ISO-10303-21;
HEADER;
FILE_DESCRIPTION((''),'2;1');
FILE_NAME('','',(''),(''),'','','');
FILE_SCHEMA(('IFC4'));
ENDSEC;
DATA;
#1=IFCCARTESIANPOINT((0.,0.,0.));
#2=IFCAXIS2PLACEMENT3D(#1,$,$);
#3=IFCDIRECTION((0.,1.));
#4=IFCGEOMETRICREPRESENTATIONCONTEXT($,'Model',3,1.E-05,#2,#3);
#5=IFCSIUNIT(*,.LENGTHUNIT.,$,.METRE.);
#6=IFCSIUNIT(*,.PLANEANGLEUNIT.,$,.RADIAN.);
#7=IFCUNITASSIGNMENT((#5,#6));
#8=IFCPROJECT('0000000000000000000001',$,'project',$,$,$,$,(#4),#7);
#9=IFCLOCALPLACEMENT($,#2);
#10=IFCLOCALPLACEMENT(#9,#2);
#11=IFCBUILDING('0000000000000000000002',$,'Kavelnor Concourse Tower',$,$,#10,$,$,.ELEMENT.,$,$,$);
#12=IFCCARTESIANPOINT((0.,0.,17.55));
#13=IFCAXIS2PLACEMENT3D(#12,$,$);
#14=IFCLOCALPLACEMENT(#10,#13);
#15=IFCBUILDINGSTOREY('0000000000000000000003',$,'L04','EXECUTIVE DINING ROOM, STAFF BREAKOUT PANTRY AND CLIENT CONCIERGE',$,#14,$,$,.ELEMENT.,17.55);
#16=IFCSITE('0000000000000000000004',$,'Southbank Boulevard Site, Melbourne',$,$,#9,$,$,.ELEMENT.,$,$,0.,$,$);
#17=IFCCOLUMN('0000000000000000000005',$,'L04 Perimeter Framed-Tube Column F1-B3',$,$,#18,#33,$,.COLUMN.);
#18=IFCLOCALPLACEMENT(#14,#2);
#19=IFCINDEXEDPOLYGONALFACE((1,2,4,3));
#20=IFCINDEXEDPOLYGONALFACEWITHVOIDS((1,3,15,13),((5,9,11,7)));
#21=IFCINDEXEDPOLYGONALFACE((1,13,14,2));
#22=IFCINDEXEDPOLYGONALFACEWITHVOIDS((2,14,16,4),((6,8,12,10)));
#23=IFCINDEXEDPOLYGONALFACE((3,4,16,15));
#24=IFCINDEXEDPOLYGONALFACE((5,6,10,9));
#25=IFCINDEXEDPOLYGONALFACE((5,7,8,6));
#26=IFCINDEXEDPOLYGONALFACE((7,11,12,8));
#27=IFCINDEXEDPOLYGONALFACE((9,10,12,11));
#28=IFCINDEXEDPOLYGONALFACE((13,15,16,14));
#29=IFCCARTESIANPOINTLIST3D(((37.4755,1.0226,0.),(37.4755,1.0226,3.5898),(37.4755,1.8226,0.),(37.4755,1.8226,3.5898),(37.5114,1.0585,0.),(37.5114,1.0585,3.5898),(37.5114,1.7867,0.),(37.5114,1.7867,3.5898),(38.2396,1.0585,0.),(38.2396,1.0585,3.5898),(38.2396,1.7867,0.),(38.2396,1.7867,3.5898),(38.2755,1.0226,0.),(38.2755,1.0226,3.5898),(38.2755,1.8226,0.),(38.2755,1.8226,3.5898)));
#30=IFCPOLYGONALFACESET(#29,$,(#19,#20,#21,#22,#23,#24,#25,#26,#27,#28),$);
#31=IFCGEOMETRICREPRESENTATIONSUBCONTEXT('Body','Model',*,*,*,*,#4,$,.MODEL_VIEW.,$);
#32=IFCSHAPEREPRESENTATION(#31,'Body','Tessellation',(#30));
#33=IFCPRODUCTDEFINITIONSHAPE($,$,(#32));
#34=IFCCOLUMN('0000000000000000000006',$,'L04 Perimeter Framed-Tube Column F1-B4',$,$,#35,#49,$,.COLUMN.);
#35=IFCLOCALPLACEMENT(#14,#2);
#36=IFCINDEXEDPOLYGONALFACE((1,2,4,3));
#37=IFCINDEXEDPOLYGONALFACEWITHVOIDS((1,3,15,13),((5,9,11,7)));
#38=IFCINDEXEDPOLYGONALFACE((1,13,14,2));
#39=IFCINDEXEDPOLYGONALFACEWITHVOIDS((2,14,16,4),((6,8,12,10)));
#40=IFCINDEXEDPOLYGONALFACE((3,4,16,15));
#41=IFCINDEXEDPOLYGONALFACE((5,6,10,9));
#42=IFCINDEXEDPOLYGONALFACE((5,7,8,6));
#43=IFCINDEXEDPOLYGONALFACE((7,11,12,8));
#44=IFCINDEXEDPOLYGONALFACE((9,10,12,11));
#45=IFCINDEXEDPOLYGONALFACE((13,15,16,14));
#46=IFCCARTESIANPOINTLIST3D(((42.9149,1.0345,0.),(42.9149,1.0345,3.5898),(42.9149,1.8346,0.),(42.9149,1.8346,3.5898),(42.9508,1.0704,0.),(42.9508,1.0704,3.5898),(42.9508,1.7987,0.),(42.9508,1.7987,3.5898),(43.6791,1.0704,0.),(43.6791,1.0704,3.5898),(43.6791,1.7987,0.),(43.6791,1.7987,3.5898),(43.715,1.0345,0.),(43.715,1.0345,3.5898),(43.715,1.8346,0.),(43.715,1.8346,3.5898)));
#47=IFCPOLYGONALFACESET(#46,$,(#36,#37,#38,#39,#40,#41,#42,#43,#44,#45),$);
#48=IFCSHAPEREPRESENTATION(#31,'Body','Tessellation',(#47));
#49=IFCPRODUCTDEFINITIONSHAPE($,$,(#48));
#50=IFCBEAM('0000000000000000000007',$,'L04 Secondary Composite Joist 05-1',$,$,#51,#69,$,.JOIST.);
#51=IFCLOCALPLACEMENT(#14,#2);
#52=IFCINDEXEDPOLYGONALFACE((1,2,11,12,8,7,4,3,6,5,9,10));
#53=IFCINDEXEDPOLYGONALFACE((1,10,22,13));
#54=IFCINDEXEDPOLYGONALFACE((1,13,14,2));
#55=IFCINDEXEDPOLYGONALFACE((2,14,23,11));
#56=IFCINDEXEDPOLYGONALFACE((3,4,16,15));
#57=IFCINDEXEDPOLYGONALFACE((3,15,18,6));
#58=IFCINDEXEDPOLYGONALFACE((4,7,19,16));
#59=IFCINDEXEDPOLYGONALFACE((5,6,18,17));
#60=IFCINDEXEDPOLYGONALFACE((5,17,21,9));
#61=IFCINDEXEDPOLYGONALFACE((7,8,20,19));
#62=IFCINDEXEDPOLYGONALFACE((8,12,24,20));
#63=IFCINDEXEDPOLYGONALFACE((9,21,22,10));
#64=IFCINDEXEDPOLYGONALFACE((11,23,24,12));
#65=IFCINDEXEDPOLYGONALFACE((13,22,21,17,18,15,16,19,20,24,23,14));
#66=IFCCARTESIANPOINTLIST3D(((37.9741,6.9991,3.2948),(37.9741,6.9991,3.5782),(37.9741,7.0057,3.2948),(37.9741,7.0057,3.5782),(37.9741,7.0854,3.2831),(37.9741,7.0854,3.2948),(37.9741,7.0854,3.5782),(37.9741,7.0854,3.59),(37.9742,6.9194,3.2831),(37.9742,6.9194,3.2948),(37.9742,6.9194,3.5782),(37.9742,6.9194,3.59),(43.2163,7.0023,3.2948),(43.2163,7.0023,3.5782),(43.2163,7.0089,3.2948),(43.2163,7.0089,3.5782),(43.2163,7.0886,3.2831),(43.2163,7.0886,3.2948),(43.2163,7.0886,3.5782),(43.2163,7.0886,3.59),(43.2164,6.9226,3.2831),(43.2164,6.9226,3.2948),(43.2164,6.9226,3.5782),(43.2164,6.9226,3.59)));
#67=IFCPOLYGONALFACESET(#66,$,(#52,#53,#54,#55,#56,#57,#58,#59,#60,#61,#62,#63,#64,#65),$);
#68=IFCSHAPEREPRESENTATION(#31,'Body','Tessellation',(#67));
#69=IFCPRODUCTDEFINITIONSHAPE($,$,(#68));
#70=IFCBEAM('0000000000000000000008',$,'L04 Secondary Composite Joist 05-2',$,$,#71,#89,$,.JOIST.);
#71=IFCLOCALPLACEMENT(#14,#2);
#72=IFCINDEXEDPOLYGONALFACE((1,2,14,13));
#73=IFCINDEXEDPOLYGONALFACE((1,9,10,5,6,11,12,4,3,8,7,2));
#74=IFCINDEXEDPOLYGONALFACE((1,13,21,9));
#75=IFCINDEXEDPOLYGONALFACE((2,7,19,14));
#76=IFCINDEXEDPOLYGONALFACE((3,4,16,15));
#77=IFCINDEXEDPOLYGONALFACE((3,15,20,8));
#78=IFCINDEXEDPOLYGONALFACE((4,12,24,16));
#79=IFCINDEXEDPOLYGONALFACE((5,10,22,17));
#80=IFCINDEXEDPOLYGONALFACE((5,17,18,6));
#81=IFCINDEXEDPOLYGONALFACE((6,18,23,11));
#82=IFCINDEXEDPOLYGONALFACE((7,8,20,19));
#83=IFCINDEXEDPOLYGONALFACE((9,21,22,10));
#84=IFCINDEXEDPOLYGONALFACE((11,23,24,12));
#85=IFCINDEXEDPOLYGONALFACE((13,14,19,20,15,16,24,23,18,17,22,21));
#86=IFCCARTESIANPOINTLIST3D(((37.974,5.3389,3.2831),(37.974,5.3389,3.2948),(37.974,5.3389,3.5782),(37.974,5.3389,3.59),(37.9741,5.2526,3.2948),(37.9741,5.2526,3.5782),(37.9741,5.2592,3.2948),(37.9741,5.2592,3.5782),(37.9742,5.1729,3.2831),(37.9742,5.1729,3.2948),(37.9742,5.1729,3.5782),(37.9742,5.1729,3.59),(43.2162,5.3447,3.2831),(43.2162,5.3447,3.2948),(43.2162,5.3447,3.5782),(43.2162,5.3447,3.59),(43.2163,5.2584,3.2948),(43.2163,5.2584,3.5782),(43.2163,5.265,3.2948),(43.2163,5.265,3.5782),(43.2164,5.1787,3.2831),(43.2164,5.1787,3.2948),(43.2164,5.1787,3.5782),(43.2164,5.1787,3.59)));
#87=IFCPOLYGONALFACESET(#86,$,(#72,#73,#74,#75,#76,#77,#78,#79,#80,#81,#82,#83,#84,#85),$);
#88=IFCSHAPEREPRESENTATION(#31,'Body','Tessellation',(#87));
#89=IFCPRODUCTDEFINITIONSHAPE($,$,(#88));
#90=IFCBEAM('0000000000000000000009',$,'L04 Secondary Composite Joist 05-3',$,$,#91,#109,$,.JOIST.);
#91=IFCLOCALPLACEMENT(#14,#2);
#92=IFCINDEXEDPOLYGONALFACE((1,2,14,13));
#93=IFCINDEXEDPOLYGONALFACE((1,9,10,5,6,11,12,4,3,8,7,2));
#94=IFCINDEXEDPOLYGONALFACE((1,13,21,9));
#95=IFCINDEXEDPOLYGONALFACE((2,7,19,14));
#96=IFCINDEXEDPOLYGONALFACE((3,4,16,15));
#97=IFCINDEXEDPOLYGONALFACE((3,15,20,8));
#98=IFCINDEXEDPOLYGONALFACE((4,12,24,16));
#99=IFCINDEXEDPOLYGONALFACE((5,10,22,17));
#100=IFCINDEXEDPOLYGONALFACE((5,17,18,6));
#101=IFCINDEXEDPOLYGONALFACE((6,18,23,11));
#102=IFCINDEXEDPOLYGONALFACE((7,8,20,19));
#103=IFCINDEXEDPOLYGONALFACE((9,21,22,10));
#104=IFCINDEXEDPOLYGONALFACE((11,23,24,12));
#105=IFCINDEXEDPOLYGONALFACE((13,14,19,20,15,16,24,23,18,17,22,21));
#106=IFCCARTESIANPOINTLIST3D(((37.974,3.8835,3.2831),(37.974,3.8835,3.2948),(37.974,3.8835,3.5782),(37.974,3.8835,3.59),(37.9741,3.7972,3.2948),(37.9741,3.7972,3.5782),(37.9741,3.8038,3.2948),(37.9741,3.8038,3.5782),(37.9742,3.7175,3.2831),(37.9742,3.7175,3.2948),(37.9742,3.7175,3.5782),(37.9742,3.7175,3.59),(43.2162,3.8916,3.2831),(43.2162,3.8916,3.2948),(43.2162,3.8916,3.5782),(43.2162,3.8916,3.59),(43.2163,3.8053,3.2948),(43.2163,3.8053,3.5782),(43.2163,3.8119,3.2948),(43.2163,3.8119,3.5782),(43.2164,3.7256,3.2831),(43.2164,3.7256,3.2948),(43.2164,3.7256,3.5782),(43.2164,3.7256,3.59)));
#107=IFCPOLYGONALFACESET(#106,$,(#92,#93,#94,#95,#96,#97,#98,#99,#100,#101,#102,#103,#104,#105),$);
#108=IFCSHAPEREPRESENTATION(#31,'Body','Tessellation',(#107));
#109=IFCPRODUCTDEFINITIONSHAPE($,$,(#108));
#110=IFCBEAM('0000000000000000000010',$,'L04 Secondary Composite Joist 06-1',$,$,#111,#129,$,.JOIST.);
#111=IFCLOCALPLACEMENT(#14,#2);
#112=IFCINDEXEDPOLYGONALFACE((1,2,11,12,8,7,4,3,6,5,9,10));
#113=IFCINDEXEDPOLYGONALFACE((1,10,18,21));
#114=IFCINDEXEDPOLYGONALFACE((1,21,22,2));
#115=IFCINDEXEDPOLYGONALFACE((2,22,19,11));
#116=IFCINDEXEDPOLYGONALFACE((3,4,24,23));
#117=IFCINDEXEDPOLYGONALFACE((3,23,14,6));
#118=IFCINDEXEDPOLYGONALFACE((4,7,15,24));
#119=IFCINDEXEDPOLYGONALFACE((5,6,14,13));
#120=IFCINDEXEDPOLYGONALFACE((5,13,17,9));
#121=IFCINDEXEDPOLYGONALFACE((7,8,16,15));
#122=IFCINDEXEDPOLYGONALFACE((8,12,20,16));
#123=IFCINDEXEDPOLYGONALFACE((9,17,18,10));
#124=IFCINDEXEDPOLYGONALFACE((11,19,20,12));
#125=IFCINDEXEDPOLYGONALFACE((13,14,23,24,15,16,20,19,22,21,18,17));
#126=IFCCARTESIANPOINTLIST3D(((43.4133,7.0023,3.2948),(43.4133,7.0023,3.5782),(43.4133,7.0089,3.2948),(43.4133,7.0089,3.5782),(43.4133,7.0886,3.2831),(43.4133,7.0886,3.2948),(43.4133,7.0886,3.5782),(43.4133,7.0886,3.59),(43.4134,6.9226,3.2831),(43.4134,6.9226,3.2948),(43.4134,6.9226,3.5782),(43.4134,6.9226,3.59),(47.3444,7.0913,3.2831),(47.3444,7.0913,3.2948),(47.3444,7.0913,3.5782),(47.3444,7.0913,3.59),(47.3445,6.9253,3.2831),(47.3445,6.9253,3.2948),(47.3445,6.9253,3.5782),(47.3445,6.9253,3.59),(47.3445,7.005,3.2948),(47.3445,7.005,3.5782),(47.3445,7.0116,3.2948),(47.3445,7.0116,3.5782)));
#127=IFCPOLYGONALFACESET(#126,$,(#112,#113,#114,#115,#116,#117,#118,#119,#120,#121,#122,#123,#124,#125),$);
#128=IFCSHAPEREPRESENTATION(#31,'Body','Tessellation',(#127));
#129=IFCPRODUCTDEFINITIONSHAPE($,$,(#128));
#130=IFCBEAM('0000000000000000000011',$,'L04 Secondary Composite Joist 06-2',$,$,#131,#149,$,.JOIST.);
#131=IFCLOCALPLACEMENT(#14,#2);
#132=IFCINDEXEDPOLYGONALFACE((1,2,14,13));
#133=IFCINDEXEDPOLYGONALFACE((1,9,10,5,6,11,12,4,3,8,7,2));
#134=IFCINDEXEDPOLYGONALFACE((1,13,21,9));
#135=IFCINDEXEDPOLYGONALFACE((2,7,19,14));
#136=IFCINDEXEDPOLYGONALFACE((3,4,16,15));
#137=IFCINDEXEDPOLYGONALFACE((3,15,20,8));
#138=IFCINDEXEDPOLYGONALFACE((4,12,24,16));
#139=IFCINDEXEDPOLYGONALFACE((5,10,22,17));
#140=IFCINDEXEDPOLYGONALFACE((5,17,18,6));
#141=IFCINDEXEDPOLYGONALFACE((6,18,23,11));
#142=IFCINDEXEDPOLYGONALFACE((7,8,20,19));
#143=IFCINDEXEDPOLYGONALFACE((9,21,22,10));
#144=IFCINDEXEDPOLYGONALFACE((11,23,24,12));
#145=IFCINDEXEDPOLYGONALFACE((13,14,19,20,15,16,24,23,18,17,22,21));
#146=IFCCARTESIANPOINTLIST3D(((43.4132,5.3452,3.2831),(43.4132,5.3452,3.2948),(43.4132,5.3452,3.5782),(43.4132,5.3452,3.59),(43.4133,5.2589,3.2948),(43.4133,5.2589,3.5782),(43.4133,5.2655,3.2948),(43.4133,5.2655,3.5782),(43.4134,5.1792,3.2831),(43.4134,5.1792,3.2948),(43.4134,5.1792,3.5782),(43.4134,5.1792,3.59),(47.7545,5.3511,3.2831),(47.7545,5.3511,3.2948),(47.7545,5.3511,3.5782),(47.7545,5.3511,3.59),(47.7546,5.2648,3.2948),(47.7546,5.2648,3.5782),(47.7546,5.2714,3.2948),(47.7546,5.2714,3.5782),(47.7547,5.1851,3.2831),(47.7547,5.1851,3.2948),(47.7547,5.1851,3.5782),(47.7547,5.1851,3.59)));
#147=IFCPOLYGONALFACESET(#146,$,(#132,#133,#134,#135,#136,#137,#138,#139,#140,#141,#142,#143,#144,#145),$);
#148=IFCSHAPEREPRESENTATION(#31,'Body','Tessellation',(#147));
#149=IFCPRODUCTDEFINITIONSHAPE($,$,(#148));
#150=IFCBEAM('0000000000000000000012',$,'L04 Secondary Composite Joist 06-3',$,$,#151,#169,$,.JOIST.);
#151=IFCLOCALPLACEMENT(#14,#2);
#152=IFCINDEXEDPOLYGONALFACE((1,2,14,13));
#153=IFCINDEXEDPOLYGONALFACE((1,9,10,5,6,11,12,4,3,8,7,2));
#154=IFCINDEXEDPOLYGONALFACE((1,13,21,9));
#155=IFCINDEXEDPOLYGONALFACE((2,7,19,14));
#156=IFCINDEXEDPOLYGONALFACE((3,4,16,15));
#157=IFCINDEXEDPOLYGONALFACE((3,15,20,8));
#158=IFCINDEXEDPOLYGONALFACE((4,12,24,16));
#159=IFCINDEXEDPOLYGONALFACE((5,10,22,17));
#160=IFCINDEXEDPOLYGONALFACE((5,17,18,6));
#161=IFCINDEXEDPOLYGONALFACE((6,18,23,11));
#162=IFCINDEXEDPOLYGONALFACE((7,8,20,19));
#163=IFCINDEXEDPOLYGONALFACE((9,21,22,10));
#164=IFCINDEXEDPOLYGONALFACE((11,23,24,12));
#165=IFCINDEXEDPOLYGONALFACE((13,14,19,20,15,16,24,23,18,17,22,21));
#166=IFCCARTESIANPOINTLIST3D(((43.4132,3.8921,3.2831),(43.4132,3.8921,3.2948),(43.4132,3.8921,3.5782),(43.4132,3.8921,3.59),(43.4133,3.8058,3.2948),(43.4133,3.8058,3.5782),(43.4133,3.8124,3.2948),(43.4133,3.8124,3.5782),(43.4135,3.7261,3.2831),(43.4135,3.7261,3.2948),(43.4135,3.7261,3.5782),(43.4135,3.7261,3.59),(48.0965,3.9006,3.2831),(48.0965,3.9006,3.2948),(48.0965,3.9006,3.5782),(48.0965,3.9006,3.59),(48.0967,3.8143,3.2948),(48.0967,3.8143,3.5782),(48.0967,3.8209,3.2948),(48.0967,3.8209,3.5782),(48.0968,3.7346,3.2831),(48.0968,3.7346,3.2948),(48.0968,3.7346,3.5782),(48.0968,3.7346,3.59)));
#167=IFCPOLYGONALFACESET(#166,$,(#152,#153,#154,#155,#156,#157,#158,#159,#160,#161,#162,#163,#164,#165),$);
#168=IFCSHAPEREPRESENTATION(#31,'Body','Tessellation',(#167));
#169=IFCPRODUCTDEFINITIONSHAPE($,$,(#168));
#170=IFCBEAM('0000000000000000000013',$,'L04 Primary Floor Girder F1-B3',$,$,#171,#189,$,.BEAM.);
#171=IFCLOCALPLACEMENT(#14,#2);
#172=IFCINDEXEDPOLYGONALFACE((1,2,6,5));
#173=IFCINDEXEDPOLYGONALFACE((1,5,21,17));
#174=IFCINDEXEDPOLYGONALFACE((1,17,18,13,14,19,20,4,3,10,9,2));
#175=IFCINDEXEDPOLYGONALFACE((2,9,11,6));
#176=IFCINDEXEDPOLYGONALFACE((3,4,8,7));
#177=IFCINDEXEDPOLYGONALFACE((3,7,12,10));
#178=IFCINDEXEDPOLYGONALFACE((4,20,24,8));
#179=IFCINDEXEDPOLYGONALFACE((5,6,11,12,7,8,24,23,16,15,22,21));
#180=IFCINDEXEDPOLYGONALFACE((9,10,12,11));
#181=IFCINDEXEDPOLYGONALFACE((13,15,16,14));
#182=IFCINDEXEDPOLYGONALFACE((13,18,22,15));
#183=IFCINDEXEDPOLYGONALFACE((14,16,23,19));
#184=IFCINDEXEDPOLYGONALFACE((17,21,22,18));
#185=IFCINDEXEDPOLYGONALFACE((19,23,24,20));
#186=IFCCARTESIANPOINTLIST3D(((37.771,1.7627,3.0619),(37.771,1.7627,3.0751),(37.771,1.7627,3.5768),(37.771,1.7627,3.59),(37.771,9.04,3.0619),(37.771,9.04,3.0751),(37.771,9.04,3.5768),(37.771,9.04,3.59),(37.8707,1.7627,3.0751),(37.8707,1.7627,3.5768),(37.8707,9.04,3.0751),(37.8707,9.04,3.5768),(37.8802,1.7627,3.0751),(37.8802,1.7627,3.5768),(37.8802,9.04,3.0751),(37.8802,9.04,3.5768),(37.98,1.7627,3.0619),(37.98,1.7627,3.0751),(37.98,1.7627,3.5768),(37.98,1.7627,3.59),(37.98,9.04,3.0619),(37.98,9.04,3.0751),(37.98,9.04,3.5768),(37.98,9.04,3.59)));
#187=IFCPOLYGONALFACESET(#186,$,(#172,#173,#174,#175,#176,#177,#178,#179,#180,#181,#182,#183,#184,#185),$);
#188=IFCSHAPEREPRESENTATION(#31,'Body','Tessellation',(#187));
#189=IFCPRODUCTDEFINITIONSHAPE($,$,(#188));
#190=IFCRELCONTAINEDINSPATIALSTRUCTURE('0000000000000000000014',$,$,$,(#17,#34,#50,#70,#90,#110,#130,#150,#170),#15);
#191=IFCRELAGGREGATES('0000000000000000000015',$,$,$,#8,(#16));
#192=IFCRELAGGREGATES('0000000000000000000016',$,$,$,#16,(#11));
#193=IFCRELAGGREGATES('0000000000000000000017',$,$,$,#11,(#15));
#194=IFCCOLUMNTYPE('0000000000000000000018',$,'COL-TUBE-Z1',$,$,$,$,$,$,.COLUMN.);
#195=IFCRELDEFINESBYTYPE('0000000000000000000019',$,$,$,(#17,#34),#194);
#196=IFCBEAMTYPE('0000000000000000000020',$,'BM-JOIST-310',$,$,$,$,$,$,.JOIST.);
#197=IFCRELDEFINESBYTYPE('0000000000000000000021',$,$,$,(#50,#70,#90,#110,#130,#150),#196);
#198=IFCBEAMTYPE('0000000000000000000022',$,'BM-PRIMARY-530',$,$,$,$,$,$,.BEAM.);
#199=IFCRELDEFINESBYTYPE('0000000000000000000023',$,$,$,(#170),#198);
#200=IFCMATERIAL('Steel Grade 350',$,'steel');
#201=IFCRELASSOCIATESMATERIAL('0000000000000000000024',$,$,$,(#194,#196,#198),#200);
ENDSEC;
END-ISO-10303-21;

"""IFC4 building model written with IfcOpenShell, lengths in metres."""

from ifc_helpers import new_model, si_unit, direction, frame, origin, origin_2d, place, context, subcontext, project, spatial, hollow_rectangle, i_section, extrude, material, material_profile, profile_set, type_object, element, save


model = new_model("IFC4")

# Units and contexts
model_context = context("Model", 3, precision=1e-05, world=origin(), true_north=direction((0.0, 1.0)))
body_context = subcontext(model_context, "Body", "Model", "MODEL_VIEW")
ifc_project = project(units=[si_unit("LENGTHUNIT", "METRE"), si_unit("PLANEANGLEUNIT", "RADIAN")], contexts=[model_context])

# Site, building, storey
site_placement = place(None, origin())
site = spatial("IfcSite", under=ifc_project, at=site_placement, Name="Southbank Boulevard Site, Melbourne", CompositionType="ELEMENT", RefElevation=0.0)
building_placement = place(site_placement, origin())
building = spatial("IfcBuilding", under=site, at=building_placement, Name="Kavelnor Concourse Tower", CompositionType="ELEMENT")
storey_placement = place(building_placement, frame((0.0, 0.0, 17.55)))
storey = spatial("IfcBuildingStorey", under=building, at=storey_placement, Name="L04", Description="EXECUTIVE DINING ROOM, STAFF BREAKOUT PANTRY AND CLIENT CONCIERGE", CompositionType="ELEMENT", Elevation=17.55)

# Columns
ifc_material_1 = material(Name="Steel Grade 350", Category="steel")
ifc_material_profile_1 = material_profile(ifc_material_1, hollow_rectangle(XDim=0.8, YDim=0.8, WallThickness=0.0359, at=origin_2d()), Name="SHS 800x800x36")
ifc_profile_set_1 = profile_set([ifc_material_profile_1], Name="Steel Grade 350")
column_type = type_object("IfcColumnType", Name="COL-TUBE-Z1", PredefinedType="COLUMN", material=ifc_profile_set_1)
for number, where, z_axis, x_axis, name in (
    (1, (37.8755, 1.4226, 0.0), (0.0, 0.0, 1.0), (1.0, 0.0, 0.0), "L04 Perimeter Framed-Tube Column F1-B3"),
    (2, (43.3149, 1.4346, 0.0), (0.0, 0.0, 1.0), (1.0, 0.0, 0.0), "L04 Perimeter Framed-Tube Column F1-B4"),
):
    element("IfcColumn", number, at=place(storey_placement, frame(where, z_axis=z_axis, x_axis=x_axis)), inside=storey, type_object=column_type, Name=name, PredefinedType="COLUMN", context=body_context, shape_type="SweptSolid", body=[
        extrude(hollow_rectangle(XDim=0.8, YDim=0.8, WallThickness=0.0359, at=origin_2d()), origin(), (0.0, 0.0, 1.0), 3.5898),
    ])

# Beams
ifc_material_profile_2 = material_profile(ifc_material_1, i_section(OverallWidth=0.166, OverallDepth=0.3069, WebThickness=0.0066, FlangeThickness=0.0117, at=origin_2d()), Name="310UB46")
ifc_profile_set_2 = profile_set([ifc_material_profile_2], Name="Steel Grade 350")
beam_type_1 = type_object("IfcBeamType", Name="BM-JOIST-310", PredefinedType="JOIST", material=ifc_profile_set_2)
for number, where, z_axis, x_axis, name in (
    (3, (37.9741, 7.0024, 3.4365), (1.0, 0.000605, 0.0), (-0.000605, 1.0, 0.0), "L04 Secondary Composite Joist 05-1"),
    (4, (37.9741, 5.2559, 3.4365), (0.999999, 0.001118, 0.0), (-0.001118, 0.999999, 0.0), "L04 Secondary Composite Joist 05-2"),
    (5, (37.9741, 3.8005, 3.4365), (0.999999, 0.001537, 0.0), (-0.001537, 0.999999, 0.0), "L04 Secondary Composite Joist 05-3"),
):
    element("IfcBeam", number, at=place(storey_placement, frame(where, z_axis=z_axis, x_axis=x_axis)), inside=storey, type_object=beam_type_1, Name=name, PredefinedType="JOIST", context=body_context, shape_type="SweptSolid", body=[
        extrude(i_section(OverallWidth=0.166, OverallDepth=0.3069, WebThickness=0.0066, FlangeThickness=0.0117, at=origin_2d()), origin(), (0.0, 0.0, 1.0), 5.2422),
    ])
beam_1_placement = place(storey_placement, frame((43.4133, 7.0056, 3.4365), z_axis=(1.0, 0.000683, 0.0), x_axis=(-0.000683, 1.0, 0.0)))
element("IfcBeam", 6, at=beam_1_placement, inside=storey, type_object=beam_type_1, Name="L04 Secondary Composite Joist 06-1", PredefinedType="JOIST", context=body_context, shape_type="SweptSolid", body=[
    extrude(i_section(OverallWidth=0.166, OverallDepth=0.3069, WebThickness=0.0066, FlangeThickness=0.0117, at=origin_2d()), origin(), (0.0, 0.0, 1.0), 3.9312),
])
beam_2_placement = place(storey_placement, frame((43.4133, 5.2622, 3.4365), z_axis=(0.999999, 0.00135, 0.0), x_axis=(-0.00135, 0.999999, 0.0)))
element("IfcBeam", 7, at=beam_2_placement, inside=storey, type_object=beam_type_1, Name="L04 Secondary Composite Joist 06-2", PredefinedType="JOIST", context=body_context, shape_type="SweptSolid", body=[
    extrude(i_section(OverallWidth=0.166, OverallDepth=0.3069, WebThickness=0.0066, FlangeThickness=0.0117, at=origin_2d()), origin(), (0.0, 0.0, 1.0), 4.3413),
])
beam_3_placement = place(storey_placement, frame((43.4133, 3.8091, 3.4365), z_axis=(0.999998, 0.001825, 0.0), x_axis=(-0.001825, 0.999998, 0.0)))
element("IfcBeam", 8, at=beam_3_placement, inside=storey, type_object=beam_type_1, Name="L04 Secondary Composite Joist 06-3", PredefinedType="JOIST", context=body_context, shape_type="SweptSolid", body=[
    extrude(i_section(OverallWidth=0.166, OverallDepth=0.3069, WebThickness=0.0066, FlangeThickness=0.0117, at=origin_2d()), origin(), (0.0, 0.0, 1.0), 4.6833),
])
ifc_material_profile_3 = material_profile(ifc_material_1, i_section(OverallWidth=0.209, OverallDepth=0.5281, WebThickness=0.0095, FlangeThickness=0.0132, at=origin_2d()), Name="530UB82")
ifc_profile_set_3 = profile_set([ifc_material_profile_3], Name="Steel Grade 350")
beam_type_2 = type_object("IfcBeamType", Name="BM-PRIMARY-530", PredefinedType="BEAM", material=ifc_profile_set_3)
beam_4_placement = place(storey_placement, frame((37.8755, 9.04, 3.3259), z_axis=(0.0, -1.0, 0.0), x_axis=(1.0, 0.0, 0.0)))
element("IfcBeam", 9, at=beam_4_placement, inside=storey, type_object=beam_type_2, Name="L04 Primary Floor Girder F1-B3", PredefinedType="BEAM", context=body_context, shape_type="SweptSolid", body=[
    extrude(i_section(OverallWidth=0.209, OverallDepth=0.5281, WebThickness=0.0095, FlangeThickness=0.0132, at=origin_2d()), origin(), (0.0, 0.0, 1.0), 7.2773),
])

save(model, "model.ifc")
